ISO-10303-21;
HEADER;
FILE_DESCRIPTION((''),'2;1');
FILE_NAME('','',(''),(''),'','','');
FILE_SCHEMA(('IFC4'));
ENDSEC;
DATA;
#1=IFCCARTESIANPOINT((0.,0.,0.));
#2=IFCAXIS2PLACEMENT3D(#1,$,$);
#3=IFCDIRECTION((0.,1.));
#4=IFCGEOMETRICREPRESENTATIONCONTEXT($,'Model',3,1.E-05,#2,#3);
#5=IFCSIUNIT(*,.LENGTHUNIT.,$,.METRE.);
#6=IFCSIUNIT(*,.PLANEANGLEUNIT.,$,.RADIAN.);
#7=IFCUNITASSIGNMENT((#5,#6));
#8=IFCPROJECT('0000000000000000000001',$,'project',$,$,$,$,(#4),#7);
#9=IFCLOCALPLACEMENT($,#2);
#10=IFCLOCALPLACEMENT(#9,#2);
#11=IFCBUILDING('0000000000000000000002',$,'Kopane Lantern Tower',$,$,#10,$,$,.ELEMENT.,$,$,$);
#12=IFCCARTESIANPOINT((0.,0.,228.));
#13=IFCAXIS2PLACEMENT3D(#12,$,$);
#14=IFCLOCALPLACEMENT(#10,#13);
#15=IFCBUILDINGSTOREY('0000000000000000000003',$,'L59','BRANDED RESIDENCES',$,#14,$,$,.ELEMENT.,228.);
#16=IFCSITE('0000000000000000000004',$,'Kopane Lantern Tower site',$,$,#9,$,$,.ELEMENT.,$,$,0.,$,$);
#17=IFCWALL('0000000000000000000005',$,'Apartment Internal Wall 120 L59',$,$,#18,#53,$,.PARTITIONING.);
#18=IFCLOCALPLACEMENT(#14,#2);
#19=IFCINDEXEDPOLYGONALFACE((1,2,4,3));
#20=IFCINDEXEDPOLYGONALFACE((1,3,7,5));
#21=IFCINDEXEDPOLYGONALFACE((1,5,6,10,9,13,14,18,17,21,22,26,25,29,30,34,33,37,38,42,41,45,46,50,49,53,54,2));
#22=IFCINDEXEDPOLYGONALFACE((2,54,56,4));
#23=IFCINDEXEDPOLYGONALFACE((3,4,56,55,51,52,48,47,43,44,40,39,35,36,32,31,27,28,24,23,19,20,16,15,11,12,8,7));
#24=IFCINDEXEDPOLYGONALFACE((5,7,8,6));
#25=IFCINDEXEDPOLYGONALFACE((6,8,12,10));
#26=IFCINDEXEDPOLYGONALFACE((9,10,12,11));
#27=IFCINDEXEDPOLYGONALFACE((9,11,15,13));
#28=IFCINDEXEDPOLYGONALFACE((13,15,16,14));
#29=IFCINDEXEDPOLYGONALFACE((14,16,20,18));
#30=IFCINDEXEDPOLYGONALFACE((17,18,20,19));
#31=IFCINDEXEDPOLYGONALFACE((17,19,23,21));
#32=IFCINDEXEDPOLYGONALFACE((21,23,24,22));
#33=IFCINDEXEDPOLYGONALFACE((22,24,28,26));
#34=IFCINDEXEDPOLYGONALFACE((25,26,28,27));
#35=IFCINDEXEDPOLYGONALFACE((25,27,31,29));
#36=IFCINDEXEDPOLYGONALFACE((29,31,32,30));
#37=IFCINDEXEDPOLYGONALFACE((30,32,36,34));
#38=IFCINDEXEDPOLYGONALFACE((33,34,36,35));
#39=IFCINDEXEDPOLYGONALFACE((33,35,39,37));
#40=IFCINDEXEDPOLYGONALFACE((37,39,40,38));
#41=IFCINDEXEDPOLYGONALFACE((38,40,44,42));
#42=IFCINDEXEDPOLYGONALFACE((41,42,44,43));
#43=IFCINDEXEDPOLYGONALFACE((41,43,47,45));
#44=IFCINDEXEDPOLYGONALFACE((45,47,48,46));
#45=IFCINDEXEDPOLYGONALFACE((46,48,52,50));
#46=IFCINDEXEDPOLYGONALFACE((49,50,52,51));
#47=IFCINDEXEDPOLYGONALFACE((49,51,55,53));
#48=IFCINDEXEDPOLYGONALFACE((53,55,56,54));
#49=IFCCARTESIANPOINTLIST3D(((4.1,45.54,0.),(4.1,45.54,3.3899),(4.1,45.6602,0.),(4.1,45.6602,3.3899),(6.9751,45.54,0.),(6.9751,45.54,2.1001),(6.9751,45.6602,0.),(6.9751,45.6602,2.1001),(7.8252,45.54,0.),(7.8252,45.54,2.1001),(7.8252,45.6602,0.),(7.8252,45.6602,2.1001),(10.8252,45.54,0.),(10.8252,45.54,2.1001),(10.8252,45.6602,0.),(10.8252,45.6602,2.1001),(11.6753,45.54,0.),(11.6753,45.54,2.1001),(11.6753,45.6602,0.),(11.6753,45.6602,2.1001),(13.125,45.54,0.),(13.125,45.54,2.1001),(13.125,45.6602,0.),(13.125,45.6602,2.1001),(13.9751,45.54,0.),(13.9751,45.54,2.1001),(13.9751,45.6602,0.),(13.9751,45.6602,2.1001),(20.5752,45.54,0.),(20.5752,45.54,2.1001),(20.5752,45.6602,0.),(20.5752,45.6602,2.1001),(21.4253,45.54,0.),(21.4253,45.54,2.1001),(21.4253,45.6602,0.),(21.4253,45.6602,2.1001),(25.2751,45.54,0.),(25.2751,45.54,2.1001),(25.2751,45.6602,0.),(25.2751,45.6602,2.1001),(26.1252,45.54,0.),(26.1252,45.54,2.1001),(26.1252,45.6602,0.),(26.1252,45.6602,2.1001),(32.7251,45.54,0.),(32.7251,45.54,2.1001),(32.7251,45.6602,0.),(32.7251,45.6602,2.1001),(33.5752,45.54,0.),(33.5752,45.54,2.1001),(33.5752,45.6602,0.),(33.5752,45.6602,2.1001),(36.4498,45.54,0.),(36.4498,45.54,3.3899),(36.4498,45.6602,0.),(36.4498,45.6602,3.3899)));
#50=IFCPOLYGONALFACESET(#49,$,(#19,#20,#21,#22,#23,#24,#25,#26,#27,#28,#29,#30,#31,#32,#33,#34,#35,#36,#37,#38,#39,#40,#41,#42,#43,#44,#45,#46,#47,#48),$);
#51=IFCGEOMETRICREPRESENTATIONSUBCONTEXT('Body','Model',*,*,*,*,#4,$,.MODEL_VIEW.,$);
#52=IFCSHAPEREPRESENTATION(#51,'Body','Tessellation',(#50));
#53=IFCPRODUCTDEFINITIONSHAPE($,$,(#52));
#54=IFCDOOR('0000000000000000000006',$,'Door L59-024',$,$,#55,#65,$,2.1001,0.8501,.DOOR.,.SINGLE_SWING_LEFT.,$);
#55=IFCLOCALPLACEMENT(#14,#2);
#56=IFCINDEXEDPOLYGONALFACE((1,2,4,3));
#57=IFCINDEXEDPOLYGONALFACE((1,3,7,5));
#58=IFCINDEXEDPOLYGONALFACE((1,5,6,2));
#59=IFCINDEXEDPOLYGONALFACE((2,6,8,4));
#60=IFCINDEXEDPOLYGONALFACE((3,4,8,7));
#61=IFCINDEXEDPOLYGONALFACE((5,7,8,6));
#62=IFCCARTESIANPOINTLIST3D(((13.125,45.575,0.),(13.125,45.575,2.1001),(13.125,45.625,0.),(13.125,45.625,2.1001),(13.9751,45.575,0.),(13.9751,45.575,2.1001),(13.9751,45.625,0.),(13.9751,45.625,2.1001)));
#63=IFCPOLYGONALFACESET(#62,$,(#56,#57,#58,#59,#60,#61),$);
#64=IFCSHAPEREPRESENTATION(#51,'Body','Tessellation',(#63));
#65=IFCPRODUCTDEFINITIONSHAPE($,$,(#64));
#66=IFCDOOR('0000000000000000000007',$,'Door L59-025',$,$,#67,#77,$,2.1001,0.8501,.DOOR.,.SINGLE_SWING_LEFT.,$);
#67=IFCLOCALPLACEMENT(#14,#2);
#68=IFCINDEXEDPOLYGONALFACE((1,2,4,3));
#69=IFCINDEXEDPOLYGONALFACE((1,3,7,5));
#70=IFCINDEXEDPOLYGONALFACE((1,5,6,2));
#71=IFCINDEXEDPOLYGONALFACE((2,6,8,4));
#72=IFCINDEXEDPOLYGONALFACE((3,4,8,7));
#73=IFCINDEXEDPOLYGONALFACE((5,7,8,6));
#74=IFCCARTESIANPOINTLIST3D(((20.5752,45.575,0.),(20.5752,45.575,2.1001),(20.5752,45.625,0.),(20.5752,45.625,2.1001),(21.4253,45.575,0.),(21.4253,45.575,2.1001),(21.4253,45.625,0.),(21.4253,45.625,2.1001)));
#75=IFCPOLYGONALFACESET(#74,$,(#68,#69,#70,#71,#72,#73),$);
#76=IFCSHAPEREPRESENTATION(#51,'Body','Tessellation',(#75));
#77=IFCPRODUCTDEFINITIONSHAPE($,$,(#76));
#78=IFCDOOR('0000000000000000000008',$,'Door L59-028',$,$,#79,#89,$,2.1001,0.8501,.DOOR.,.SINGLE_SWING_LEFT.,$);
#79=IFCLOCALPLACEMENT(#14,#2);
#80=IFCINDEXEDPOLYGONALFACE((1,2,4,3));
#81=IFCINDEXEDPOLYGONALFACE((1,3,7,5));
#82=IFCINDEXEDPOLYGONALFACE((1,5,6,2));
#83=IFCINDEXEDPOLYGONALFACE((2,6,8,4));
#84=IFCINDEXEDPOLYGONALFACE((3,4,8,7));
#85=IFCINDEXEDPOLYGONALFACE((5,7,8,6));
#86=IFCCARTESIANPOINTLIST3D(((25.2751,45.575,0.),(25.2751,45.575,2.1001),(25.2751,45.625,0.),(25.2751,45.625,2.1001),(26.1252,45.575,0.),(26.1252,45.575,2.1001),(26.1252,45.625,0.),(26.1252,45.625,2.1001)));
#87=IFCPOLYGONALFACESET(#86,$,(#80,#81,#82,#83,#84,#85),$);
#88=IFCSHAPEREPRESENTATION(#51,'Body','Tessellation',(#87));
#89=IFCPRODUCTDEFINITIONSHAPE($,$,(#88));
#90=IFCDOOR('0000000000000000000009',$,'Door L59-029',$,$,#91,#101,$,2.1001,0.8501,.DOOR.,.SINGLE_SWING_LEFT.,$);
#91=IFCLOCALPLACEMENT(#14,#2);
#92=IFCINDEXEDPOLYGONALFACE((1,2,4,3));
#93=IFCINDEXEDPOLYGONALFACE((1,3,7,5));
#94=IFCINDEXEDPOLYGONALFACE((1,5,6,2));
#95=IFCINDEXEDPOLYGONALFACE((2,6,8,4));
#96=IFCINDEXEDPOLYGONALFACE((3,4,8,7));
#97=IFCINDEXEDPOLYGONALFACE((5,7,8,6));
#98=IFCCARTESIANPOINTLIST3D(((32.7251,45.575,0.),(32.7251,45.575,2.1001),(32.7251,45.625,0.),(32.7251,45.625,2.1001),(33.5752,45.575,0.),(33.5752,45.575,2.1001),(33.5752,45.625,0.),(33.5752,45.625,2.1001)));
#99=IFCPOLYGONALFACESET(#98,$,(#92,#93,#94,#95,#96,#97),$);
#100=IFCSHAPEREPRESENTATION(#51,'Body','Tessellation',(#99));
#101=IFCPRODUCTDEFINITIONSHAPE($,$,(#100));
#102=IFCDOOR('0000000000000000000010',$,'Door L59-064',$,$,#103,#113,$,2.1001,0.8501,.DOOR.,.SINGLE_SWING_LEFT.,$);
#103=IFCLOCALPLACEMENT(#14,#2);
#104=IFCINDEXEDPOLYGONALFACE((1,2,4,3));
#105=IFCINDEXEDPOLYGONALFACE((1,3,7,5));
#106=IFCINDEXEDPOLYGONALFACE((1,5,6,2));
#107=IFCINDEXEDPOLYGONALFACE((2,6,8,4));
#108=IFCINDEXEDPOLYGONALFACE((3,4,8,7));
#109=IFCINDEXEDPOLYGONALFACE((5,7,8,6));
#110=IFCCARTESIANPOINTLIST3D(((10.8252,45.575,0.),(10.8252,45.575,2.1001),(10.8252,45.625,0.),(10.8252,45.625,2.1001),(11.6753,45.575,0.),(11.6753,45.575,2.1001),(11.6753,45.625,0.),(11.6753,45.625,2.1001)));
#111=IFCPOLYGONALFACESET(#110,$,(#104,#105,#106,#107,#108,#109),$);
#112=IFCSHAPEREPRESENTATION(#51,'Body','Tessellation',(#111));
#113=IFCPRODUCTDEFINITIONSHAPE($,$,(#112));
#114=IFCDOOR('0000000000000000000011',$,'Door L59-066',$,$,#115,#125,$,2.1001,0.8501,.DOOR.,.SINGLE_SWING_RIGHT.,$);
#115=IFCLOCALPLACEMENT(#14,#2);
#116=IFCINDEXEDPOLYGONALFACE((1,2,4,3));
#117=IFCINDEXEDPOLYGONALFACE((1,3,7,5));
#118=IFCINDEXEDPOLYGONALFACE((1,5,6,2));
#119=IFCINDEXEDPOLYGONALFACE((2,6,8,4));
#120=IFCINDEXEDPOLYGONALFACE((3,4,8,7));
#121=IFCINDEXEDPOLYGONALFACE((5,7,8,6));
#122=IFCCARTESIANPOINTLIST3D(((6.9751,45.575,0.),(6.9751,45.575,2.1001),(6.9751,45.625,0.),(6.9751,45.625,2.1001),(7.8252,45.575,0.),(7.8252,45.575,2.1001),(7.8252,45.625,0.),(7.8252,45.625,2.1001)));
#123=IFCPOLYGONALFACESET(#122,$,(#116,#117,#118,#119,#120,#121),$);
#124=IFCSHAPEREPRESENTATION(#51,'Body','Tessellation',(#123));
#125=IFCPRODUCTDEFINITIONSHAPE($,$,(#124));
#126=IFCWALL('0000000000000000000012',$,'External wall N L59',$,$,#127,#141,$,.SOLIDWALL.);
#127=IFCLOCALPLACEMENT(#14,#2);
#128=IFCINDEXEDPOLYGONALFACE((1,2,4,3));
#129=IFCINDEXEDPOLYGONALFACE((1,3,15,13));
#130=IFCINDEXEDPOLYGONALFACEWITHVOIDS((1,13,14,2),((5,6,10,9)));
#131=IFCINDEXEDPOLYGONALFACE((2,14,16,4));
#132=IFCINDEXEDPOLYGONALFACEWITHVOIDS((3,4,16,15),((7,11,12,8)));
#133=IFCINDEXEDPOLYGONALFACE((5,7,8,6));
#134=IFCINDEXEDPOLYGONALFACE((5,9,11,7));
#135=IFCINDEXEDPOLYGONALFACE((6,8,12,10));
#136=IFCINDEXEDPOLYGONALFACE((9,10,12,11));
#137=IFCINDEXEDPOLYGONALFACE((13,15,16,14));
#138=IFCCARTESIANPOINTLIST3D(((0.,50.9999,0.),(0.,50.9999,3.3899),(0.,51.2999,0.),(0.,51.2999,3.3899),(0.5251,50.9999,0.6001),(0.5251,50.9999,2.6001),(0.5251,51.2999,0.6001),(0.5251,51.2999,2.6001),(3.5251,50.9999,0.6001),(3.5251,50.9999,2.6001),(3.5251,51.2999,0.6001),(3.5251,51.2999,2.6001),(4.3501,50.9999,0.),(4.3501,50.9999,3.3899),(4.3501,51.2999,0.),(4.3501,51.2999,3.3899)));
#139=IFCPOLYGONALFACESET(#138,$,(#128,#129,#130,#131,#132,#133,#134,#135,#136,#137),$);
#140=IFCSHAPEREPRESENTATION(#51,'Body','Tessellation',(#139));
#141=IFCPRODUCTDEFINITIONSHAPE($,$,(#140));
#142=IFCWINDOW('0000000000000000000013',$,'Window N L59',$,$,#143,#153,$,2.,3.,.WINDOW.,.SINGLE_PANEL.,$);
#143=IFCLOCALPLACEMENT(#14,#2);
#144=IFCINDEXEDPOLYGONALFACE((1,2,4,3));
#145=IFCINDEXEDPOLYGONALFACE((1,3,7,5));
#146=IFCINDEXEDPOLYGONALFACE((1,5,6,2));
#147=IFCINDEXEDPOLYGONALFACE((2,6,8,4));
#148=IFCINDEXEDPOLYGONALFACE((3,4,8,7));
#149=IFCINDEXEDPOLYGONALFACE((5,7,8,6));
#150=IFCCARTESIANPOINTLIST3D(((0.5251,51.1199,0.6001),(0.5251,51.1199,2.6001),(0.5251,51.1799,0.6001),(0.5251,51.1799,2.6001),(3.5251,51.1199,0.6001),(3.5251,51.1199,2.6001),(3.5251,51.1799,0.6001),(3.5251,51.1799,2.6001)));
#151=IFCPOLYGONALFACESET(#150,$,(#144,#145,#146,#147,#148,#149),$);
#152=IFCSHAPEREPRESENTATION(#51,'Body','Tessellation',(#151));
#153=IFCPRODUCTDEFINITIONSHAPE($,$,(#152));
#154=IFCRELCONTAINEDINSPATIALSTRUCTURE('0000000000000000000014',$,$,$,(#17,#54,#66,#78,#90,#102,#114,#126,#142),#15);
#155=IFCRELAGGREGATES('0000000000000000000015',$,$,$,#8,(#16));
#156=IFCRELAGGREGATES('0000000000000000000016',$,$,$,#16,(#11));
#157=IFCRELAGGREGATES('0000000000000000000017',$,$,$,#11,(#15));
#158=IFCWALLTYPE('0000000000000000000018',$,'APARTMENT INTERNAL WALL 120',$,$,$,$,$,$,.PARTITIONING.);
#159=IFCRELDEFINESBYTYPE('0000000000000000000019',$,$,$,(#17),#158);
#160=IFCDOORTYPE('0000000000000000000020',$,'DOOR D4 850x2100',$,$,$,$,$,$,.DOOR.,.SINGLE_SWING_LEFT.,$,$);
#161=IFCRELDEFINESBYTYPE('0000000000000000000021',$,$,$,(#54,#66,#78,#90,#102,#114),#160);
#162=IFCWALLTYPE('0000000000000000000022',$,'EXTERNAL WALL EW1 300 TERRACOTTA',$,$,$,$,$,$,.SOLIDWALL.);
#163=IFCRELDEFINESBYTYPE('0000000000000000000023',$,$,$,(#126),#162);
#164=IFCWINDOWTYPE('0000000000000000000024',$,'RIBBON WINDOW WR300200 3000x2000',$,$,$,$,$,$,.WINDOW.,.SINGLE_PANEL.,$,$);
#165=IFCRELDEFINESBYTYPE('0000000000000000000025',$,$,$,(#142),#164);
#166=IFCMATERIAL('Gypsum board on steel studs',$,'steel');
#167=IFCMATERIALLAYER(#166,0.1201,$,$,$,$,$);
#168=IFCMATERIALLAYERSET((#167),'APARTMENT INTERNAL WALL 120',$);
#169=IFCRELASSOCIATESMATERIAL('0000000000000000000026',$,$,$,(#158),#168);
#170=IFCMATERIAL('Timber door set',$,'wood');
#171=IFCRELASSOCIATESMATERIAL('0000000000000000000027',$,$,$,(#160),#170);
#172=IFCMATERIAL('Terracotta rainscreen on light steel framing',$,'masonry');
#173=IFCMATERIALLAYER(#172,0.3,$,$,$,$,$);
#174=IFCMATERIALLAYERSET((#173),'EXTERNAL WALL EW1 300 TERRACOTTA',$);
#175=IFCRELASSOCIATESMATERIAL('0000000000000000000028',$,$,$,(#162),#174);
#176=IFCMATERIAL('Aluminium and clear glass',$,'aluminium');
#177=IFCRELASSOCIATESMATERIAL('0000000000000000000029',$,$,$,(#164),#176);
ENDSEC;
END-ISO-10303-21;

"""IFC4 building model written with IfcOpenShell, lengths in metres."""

from ifc_helpers import new_model, si_unit, direction, frame, frame_2d, origin, place, context, subcontext, project, spatial, rectangle, extrude, material, layer, layer_set, type_object, element, fill, save


model = new_model("IFC4")

# Units and contexts
model_context = context("Model", 3, precision=1e-05, world=origin(), true_north=direction((0.0, 1.0)))
body_context = subcontext(model_context, "Body", "Model", "MODEL_VIEW")
ifc_project = project(units=[si_unit("LENGTHUNIT", "METRE"), si_unit("PLANEANGLEUNIT", "RADIAN")], contexts=[model_context])

# Site, building, storey
site_placement = place(None, origin())
site = spatial("IfcSite", under=ifc_project, at=site_placement, Name="Kopane Lantern Tower site", CompositionType="ELEMENT", RefElevation=0.0)
building_placement = place(site_placement, origin())
building = spatial("IfcBuilding", under=site, at=building_placement, Name="Kopane Lantern Tower", CompositionType="ELEMENT")
storey_placement = place(building_placement, frame((0.0, 0.0, 228.0)))
storey = spatial("IfcBuildingStorey", under=building, at=storey_placement, Name="L59", Description="BRANDED RESIDENCES", CompositionType="ELEMENT", Elevation=228.0)

# Wall, openings, doors
ifc_material_1 = material(Name="Gypsum board on steel studs", Category="steel")
ifc_layer_1 = layer(ifc_material_1, 0.1201)
ifc_layer_set_1 = layer_set([ifc_layer_1], Name="APARTMENT INTERNAL WALL 120")
wall_type_1 = type_object("IfcWallType", Name="APARTMENT INTERNAL WALL 120", PredefinedType="PARTITIONING", material=ifc_layer_set_1)
wall_1_placement = place(storey_placement, frame((4.1001, 45.6001, 0.0), z_axis=(0.0, 0.0, 1.0), x_axis=(1.0, 0.0, 0.0)))
wall_1 = element("IfcWall", 1, at=wall_1_placement, inside=storey, type_object=wall_type_1, Name="Apartment Internal Wall 120 L59", PredefinedType="PARTITIONING", context=body_context, shape_type="SweptSolid", body=[
    extrude(rectangle(XDim=32.3499, YDim=0.1201, at=frame_2d((16.1748, 0.0))), origin(), (0.0, 0.0, 1.0), 3.3899),
])
opening_1_placement = place(wall_1_placement, frame((9.0249, 0.0, 0.0)))
opening_1 = element("IfcOpeningElement", 2, at=opening_1_placement, cuts=wall_1, PredefinedType="OPENING", context=body_context, shape_type="SweptSolid", body=[
    extrude(rectangle(XDim=0.8501, YDim=2.1001, at=frame_2d((0.425, 1.05))), frame((0.0, 0.0701, 0.0), z_axis=(0.0, -1.0, 0.0), x_axis=(1.0, 0.0, 0.0)), (0.0, 0.0, 1.0), 0.1401),
])
opening_2_placement = place(wall_1_placement, frame((16.4751, 0.0, 0.0)))
opening_2 = element("IfcOpeningElement", 3, at=opening_2_placement, cuts=wall_1, PredefinedType="OPENING", context=body_context, shape_type="SweptSolid", body=[
    extrude(rectangle(XDim=0.8501, YDim=2.1001, at=frame_2d((0.425, 1.05))), frame((0.0, 0.0701, 0.0), z_axis=(0.0, -1.0, 0.0), x_axis=(1.0, 0.0, 0.0)), (0.0, 0.0, 1.0), 0.1401),
])
opening_3_placement = place(wall_1_placement, frame((21.175, 0.0, 0.0)))
opening_3 = element("IfcOpeningElement", 4, at=opening_3_placement, cuts=wall_1, PredefinedType="OPENING", context=body_context, shape_type="SweptSolid", body=[
    extrude(rectangle(XDim=0.8501, YDim=2.1001, at=frame_2d((0.425, 1.05))), frame((0.0, 0.0701, 0.0), z_axis=(0.0, -1.0, 0.0), x_axis=(1.0, 0.0, 0.0)), (0.0, 0.0, 1.0), 0.1401),
])
opening_4_placement = place(wall_1_placement, frame((28.625, 0.0, 0.0)))
opening_4 = element("IfcOpeningElement", 5, at=opening_4_placement, cuts=wall_1, PredefinedType="OPENING", context=body_context, shape_type="SweptSolid", body=[
    extrude(rectangle(XDim=0.8501, YDim=2.1001, at=frame_2d((0.425, 1.05))), frame((0.0, 0.0701, 0.0), z_axis=(0.0, -1.0, 0.0), x_axis=(1.0, 0.0, 0.0)), (0.0, 0.0, 1.0), 0.1401),
])
opening_5_placement = place(wall_1_placement, frame((6.7251, 0.0, 0.0)))
opening_5 = element("IfcOpeningElement", 6, at=opening_5_placement, cuts=wall_1, PredefinedType="OPENING", context=body_context, shape_type="SweptSolid", body=[
    extrude(rectangle(XDim=0.8501, YDim=2.1001, at=frame_2d((0.425, 1.05))), frame((0.0, 0.0701, 0.0), z_axis=(0.0, -1.0, 0.0), x_axis=(1.0, 0.0, 0.0)), (0.0, 0.0, 1.0), 0.1401),
])
opening_6_placement = place(wall_1_placement, frame((2.875, 0.0, 0.0)))
opening_6 = element("IfcOpeningElement", 7, at=opening_6_placement, cuts=wall_1, PredefinedType="OPENING", context=body_context, shape_type="SweptSolid", body=[
    extrude(rectangle(XDim=0.8501, YDim=2.1001, at=frame_2d((0.425, 1.05))), frame((0.0, 0.0701, 0.0), z_axis=(0.0, -1.0, 0.0), x_axis=(1.0, 0.0, 0.0)), (0.0, 0.0, 1.0), 0.1401),
])
ifc_material_2 = material(Name="Timber door set", Category="wood")
door_type = type_object("IfcDoorType", Name="DOOR D4 850x2100", OperationType="SINGLE_SWING_LEFT", PredefinedType="DOOR", material=ifc_material_2)
door_1_placement = place(opening_1_placement, origin())
door_1 = element("IfcDoor", 8, at=door_1_placement, inside=storey, type_object=door_type, Name="Door L59-024", OperationType="SINGLE_SWING_LEFT", OverallHeight=2.1001, OverallWidth=0.8501, PredefinedType="DOOR", context=body_context, shape_type="SweptSolid", body=[
    extrude(rectangle(XDim=0.8501, YDim=2.1001, at=frame_2d((0.425, 1.05))), frame((0.0, 0.0249, 0.0), z_axis=(0.0, -1.0, 0.0), x_axis=(1.0, 0.0, 0.0)), (0.0, 0.0, 1.0), 0.05),
])
fill(opening_1, door_1)
door_2_placement = place(opening_2_placement, origin())
door_2 = element("IfcDoor", 9, at=door_2_placement, inside=storey, type_object=door_type, Name="Door L59-025", OperationType="SINGLE_SWING_LEFT", OverallHeight=2.1001, OverallWidth=0.8501, PredefinedType="DOOR", context=body_context, shape_type="SweptSolid", body=[
    extrude(rectangle(XDim=0.8501, YDim=2.1001, at=frame_2d((0.425, 1.05))), frame((0.0, 0.0249, 0.0), z_axis=(0.0, -1.0, 0.0), x_axis=(1.0, 0.0, 0.0)), (0.0, 0.0, 1.0), 0.05),
])
fill(opening_2, door_2)
door_3_placement = place(opening_3_placement, origin())
door_3 = element("IfcDoor", 10, at=door_3_placement, inside=storey, type_object=door_type, Name="Door L59-028", OperationType="SINGLE_SWING_LEFT", OverallHeight=2.1001, OverallWidth=0.8501, PredefinedType="DOOR", context=body_context, shape_type="SweptSolid", body=[
    extrude(rectangle(XDim=0.8501, YDim=2.1001, at=frame_2d((0.425, 1.05))), frame((0.0, 0.0249, 0.0), z_axis=(0.0, -1.0, 0.0), x_axis=(1.0, 0.0, 0.0)), (0.0, 0.0, 1.0), 0.05),
])
fill(opening_3, door_3)
door_4_placement = place(opening_4_placement, origin())
door_4 = element("IfcDoor", 11, at=door_4_placement, inside=storey, type_object=door_type, Name="Door L59-029", OperationType="SINGLE_SWING_LEFT", OverallHeight=2.1001, OverallWidth=0.8501, PredefinedType="DOOR", context=body_context, shape_type="SweptSolid", body=[
    extrude(rectangle(XDim=0.8501, YDim=2.1001, at=frame_2d((0.425, 1.05))), frame((0.0, 0.0249, 0.0), z_axis=(0.0, -1.0, 0.0), x_axis=(1.0, 0.0, 0.0)), (0.0, 0.0, 1.0), 0.05),
])
fill(opening_4, door_4)
door_5_placement = place(opening_5_placement, origin())
door_5 = element("IfcDoor", 12, at=door_5_placement, inside=storey, type_object=door_type, Name="Door L59-064", OperationType="SINGLE_SWING_LEFT", OverallHeight=2.1001, OverallWidth=0.8501, PredefinedType="DOOR", context=body_context, shape_type="SweptSolid", body=[
    extrude(rectangle(XDim=0.8501, YDim=2.1001, at=frame_2d((0.425, 1.05))), frame((0.0, 0.0249, 0.0), z_axis=(0.0, -1.0, 0.0), x_axis=(1.0, 0.0, 0.0)), (0.0, 0.0, 1.0), 0.05),
])
fill(opening_5, door_5)
door_6_placement = place(opening_6_placement, origin())
door_6 = element("IfcDoor", 13, at=door_6_placement, inside=storey, type_object=door_type, Name="Door L59-066", OperationType="SINGLE_SWING_RIGHT", OverallHeight=2.1001, OverallWidth=0.8501, PredefinedType="DOOR", context=body_context, shape_type="SweptSolid", body=[
    extrude(rectangle(XDim=0.8501, YDim=2.1001, at=frame_2d((0.425, 1.05))), frame((0.0, 0.0249, 0.0), z_axis=(0.0, -1.0, 0.0), x_axis=(1.0, 0.0, 0.0)), (0.0, 0.0, 1.0), 0.05),
])
fill(opening_6, door_6)

# Wall, opening, window
ifc_material_3 = material(Name="Terracotta rainscreen on light steel framing", Category="masonry")
ifc_layer_2 = layer(ifc_material_3, 0.3)
ifc_layer_set_2 = layer_set([ifc_layer_2], Name="EXTERNAL WALL EW1 300 TERRACOTTA")
wall_type_2 = type_object("IfcWallType", Name="EXTERNAL WALL EW1 300 TERRACOTTA", PredefinedType="SOLIDWALL", material=ifc_layer_set_2)
wall_2_placement = place(storey_placement, frame((4.3501, 51.1499, 0.0), z_axis=(0.0, 0.0, 1.0), x_axis=(-1.0, 0.0, 0.0)))
wall_2 = element("IfcWall", 14, at=wall_2_placement, inside=storey, type_object=wall_type_2, Name="External wall N L59", PredefinedType="SOLIDWALL", context=body_context, shape_type="SweptSolid", body=[
    extrude(rectangle(XDim=4.3501, YDim=0.3, at=frame_2d((2.175, 0.0))), origin(), (0.0, 0.0, 1.0), 3.3899),
])
opening_7_placement = place(wall_2_placement, frame((0.825, 0.0, 0.6001)))
opening_7 = element("IfcOpeningElement", 15, at=opening_7_placement, cuts=wall_2, PredefinedType="OPENING", context=body_context, shape_type="SweptSolid", body=[
    extrude(rectangle(XDim=3.0, YDim=2.0, at=frame_2d((1.5, 1.0))), frame((0.0, 0.1599, 0.0), z_axis=(0.0, -1.0, 0.0), x_axis=(1.0, 0.0, 0.0)), (0.0, 0.0, 1.0), 0.3201),
])
ifc_material_4 = material(Name="Aluminium and clear glass", Category="aluminium")
window_type = type_object("IfcWindowType", Name="RIBBON WINDOW WR300200 3000x2000", PartitioningType="SINGLE_PANEL", PredefinedType="WINDOW", material=ifc_material_4)
window_1_placement = place(opening_7_placement, origin())
window_1 = element("IfcWindow", 16, at=window_1_placement, inside=storey, type_object=window_type, Name="Window N L59", OverallHeight=2.0, OverallWidth=3.0, PartitioningType="SINGLE_PANEL", PredefinedType="WINDOW", context=body_context, shape_type="SweptSolid", body=[
    extrude(rectangle(XDim=3.0, YDim=2.0, at=frame_2d((1.5, 1.0))), frame((0.0, 0.03, 0.0), z_axis=(0.0, -1.0, 0.0), x_axis=(1.0, 0.0, 0.0)), (0.0, 0.0, 1.0), 0.0601),
])
fill(opening_7, window_1)

save(model, "model.ifc")
